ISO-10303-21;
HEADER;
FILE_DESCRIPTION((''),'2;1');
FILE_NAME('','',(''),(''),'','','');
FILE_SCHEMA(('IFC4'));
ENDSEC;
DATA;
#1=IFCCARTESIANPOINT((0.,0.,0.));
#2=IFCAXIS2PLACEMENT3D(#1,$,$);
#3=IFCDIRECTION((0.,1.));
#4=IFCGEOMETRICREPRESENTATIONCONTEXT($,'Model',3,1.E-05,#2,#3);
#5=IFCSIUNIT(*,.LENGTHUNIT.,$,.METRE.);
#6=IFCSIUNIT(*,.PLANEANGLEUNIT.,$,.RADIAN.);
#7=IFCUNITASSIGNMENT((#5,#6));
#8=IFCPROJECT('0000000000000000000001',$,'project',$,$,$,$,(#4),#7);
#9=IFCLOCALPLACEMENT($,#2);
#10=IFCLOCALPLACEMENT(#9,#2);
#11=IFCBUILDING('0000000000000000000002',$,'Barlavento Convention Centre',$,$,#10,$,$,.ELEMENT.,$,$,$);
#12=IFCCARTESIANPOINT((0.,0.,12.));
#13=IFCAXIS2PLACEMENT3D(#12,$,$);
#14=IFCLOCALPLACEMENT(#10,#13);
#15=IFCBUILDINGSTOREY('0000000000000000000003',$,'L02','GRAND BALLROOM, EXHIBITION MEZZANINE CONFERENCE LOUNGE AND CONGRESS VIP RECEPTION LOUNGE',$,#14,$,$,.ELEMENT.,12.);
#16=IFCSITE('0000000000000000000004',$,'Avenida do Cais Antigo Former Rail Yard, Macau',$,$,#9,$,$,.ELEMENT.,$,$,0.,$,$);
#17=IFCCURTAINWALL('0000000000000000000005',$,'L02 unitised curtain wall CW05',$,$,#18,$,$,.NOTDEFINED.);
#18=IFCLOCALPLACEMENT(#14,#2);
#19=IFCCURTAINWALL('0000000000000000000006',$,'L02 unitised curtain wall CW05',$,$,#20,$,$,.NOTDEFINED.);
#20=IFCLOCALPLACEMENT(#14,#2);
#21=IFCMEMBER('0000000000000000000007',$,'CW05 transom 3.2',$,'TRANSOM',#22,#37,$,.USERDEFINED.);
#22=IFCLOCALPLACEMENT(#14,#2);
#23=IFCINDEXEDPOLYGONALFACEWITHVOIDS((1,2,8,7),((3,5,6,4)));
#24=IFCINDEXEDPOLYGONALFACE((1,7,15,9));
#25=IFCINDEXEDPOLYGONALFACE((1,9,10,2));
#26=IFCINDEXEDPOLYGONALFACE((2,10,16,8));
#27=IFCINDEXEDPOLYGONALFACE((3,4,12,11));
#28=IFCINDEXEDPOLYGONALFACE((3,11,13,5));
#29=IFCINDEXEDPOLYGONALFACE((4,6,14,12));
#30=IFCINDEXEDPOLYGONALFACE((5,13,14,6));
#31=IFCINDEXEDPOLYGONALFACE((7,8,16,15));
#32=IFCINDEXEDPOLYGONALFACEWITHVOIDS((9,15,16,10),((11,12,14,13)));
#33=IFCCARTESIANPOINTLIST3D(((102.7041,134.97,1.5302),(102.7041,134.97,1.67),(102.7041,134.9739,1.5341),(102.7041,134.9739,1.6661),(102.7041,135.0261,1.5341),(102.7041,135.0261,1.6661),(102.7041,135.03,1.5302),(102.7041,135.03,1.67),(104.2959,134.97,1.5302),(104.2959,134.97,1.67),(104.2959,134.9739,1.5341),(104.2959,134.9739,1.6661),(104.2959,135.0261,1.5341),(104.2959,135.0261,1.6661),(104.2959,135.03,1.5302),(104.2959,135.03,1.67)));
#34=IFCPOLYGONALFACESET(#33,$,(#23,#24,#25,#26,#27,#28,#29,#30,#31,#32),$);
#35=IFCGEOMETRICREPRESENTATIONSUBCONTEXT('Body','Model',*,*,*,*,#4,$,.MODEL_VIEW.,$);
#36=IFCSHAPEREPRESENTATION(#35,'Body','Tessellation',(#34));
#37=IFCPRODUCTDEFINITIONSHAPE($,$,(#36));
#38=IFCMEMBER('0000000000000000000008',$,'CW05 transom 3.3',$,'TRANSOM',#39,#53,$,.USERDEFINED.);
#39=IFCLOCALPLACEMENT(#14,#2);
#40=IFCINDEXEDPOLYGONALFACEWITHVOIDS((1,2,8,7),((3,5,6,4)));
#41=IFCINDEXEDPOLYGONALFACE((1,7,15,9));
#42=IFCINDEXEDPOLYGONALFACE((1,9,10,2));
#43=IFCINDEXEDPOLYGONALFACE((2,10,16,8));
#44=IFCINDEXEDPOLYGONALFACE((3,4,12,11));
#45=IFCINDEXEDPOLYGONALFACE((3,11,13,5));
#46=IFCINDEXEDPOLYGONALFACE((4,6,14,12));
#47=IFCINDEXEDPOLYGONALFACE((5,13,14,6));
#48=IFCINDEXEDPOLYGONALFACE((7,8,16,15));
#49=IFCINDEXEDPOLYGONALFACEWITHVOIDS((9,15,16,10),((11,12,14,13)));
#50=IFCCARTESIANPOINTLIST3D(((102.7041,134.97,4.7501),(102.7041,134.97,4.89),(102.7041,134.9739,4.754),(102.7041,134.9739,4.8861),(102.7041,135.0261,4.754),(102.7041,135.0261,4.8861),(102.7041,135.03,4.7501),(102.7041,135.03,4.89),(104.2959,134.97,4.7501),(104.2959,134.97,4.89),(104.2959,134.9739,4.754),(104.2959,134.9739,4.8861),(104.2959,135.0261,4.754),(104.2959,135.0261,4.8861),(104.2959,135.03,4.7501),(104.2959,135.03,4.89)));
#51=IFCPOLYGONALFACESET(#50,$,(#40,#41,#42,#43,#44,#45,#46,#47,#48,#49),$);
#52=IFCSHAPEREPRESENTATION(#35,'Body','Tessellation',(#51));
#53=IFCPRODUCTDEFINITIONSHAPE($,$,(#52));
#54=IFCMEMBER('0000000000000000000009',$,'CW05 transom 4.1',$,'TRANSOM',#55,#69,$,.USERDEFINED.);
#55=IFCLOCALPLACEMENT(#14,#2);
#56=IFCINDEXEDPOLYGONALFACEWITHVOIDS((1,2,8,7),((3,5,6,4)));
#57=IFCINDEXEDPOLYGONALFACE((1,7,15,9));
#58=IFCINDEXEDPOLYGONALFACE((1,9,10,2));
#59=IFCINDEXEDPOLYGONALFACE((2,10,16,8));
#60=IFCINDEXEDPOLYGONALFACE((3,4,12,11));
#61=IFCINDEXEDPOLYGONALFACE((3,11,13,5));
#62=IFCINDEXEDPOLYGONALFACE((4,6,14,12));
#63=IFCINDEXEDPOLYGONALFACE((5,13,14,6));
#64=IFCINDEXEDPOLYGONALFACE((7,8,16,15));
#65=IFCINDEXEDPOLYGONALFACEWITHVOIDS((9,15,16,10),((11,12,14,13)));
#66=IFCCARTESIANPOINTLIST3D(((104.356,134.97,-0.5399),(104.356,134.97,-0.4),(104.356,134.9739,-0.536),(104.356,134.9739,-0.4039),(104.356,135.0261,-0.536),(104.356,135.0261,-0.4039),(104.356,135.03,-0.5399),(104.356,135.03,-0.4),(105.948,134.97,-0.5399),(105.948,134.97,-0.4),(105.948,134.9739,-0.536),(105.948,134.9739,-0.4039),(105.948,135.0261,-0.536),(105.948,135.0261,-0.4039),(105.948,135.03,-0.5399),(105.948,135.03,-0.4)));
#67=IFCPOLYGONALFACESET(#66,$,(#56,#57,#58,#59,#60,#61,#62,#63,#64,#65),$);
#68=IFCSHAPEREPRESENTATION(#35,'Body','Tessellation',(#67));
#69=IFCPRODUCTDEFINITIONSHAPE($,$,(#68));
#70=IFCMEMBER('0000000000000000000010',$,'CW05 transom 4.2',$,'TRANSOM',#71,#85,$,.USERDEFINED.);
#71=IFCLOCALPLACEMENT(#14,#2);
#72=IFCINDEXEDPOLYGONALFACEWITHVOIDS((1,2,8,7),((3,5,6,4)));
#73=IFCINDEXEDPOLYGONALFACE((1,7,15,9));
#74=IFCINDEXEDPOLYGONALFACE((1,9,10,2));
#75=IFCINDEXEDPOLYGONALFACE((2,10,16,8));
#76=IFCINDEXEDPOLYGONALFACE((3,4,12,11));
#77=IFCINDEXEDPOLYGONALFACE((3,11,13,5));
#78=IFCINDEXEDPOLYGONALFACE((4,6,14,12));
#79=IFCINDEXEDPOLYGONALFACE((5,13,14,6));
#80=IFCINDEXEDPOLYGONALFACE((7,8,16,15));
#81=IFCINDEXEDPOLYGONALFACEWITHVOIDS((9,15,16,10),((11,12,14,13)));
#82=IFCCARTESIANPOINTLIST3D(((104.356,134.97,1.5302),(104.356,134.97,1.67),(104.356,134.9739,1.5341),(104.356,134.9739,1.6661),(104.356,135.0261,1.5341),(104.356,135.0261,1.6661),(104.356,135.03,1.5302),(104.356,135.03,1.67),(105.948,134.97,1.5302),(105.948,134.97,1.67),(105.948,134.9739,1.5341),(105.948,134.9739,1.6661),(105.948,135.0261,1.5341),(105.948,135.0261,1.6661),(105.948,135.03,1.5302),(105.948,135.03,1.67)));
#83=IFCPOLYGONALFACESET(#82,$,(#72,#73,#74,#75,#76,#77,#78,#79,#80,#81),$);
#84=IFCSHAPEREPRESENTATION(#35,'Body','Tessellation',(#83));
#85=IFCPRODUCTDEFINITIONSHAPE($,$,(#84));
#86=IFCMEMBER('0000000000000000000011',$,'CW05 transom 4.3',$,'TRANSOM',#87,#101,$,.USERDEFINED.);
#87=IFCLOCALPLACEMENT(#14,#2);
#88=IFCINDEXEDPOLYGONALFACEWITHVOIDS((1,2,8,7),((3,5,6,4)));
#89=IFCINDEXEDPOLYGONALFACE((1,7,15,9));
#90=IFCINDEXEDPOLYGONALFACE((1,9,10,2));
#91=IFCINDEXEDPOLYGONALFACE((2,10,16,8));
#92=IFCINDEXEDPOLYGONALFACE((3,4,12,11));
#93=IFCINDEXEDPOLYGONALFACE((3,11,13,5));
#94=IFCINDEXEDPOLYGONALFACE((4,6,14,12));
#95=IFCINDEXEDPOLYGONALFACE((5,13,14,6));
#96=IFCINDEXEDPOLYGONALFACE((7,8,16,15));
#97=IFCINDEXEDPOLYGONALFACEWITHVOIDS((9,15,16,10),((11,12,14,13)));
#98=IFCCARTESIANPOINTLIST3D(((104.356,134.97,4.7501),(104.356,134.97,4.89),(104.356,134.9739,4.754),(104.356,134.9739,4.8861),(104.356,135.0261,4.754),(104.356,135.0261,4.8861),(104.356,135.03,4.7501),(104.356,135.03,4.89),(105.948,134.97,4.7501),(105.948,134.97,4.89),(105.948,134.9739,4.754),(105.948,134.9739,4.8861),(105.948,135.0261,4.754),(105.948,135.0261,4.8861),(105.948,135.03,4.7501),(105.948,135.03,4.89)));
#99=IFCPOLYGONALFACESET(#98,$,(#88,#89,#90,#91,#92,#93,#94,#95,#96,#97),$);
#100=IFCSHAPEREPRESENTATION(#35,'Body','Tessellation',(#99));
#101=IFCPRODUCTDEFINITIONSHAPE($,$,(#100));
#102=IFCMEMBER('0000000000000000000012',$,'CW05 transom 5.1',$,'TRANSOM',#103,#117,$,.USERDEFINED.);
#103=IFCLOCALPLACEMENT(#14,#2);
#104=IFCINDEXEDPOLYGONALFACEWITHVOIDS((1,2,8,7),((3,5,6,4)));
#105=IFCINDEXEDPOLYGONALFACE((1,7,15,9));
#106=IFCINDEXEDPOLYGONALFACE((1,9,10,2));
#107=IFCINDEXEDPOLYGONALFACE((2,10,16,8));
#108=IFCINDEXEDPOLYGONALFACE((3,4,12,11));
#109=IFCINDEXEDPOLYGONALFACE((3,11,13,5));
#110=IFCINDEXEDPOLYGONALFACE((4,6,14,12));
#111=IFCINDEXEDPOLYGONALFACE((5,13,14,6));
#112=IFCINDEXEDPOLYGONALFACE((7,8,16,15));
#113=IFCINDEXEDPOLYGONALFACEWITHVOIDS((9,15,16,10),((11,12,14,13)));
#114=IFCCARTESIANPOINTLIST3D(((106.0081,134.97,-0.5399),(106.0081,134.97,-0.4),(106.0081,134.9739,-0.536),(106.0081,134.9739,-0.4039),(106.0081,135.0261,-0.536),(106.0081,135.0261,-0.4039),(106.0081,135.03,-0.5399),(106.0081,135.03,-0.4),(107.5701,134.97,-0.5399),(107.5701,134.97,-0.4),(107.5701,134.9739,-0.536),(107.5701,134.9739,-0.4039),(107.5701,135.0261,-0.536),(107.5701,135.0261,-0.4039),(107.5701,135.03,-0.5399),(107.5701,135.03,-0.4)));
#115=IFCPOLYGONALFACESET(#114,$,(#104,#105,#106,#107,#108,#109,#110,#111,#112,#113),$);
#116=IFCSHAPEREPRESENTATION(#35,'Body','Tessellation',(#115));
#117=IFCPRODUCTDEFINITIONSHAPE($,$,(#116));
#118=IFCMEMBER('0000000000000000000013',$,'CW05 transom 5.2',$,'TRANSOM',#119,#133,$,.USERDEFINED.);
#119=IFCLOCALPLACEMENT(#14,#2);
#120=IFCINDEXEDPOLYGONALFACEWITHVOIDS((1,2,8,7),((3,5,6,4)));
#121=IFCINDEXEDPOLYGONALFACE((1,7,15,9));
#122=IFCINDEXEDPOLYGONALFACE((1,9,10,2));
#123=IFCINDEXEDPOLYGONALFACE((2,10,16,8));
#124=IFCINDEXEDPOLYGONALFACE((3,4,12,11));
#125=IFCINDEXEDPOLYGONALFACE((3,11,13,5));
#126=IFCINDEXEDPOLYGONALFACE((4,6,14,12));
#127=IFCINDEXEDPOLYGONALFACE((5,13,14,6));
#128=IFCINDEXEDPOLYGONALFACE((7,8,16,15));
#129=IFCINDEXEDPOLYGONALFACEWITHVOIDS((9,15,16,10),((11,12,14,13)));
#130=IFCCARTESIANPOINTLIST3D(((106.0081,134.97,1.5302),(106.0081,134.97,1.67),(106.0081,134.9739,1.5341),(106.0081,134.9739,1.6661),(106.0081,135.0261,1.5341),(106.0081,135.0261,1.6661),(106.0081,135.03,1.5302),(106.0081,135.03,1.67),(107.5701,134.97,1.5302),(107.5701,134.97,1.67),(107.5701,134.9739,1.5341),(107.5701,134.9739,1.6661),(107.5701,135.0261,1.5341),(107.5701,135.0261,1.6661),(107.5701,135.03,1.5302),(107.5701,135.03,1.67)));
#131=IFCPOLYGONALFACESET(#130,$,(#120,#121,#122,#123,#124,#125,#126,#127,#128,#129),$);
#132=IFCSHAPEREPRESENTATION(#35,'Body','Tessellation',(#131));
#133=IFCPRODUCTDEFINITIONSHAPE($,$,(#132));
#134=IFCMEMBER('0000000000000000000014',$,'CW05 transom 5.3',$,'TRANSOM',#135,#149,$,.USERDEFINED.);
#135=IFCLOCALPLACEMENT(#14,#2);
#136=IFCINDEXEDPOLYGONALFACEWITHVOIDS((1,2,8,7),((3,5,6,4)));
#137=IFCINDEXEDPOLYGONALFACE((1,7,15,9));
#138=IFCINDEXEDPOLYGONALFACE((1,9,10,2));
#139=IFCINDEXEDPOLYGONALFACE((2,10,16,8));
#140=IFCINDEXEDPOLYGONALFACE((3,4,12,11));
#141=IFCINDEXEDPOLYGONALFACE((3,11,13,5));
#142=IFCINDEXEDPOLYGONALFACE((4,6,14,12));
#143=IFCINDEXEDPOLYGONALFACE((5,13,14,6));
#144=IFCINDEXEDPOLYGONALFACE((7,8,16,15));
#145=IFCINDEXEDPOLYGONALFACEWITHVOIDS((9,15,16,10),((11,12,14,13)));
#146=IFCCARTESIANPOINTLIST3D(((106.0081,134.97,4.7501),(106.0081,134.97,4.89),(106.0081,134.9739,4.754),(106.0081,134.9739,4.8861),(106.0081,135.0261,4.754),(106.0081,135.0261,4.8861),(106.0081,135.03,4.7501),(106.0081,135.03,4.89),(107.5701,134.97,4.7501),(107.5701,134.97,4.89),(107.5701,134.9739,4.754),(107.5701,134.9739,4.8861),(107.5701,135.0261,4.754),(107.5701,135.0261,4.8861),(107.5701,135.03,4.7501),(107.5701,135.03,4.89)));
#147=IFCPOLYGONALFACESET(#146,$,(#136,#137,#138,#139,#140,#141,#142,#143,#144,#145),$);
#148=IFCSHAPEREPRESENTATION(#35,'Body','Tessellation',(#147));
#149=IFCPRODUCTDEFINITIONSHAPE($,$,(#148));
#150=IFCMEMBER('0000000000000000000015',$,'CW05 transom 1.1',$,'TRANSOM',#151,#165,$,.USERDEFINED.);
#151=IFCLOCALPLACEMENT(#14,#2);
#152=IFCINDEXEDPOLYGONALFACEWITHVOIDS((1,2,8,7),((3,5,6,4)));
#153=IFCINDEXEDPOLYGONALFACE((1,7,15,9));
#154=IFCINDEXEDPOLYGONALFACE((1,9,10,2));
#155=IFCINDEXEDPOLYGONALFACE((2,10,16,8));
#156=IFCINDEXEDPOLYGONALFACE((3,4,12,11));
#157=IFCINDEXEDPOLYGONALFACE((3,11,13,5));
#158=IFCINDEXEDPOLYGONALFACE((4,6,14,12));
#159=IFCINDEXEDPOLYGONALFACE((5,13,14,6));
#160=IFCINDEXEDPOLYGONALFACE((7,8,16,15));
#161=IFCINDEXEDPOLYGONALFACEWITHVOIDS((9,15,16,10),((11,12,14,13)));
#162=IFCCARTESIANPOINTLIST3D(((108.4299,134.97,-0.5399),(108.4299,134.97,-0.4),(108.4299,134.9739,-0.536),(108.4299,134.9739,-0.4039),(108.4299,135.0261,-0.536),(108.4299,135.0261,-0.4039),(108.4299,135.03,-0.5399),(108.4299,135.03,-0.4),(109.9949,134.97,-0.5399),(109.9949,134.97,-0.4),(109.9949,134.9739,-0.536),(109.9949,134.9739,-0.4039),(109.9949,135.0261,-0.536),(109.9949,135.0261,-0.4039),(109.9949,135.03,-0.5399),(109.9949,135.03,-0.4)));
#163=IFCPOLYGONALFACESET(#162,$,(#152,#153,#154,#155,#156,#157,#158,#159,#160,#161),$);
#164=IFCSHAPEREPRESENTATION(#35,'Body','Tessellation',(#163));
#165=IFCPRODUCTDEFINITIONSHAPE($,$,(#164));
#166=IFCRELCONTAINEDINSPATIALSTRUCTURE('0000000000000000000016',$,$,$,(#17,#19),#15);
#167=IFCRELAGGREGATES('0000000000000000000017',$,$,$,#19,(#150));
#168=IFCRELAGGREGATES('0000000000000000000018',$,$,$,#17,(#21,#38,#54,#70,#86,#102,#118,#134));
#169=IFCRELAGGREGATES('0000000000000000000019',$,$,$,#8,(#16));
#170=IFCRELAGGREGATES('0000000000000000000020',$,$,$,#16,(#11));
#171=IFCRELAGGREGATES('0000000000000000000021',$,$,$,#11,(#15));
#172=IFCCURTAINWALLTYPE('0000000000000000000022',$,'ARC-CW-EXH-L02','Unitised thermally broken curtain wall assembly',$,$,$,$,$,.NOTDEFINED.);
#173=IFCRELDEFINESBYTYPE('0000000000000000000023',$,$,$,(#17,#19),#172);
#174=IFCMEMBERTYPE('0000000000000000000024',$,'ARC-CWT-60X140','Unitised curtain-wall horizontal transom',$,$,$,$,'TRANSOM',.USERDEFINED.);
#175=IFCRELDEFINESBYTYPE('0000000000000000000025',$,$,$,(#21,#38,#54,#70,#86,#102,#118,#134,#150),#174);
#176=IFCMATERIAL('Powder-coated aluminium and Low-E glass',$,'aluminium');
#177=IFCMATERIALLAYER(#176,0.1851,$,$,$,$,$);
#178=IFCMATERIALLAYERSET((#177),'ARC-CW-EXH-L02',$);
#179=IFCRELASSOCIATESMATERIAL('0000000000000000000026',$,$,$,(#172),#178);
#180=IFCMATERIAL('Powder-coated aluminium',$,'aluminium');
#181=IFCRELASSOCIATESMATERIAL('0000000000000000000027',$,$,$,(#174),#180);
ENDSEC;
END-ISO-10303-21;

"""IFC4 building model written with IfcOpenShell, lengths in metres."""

from ifc_helpers import new_model, si_unit, direction, frame, origin, origin_2d, place, context, subcontext, project, spatial, hollow_rectangle, extrude, material, layer, layer_set, material_profile, profile_set, type_object, element, aggregate, save


model = new_model("IFC4")

# Units and contexts
model_context = context("Model", 3, precision=1e-05, world=origin(), true_north=direction((0.0, 1.0)))
body_context = subcontext(model_context, "Body", "Model", "MODEL_VIEW")
ifc_project = project(units=[si_unit("LENGTHUNIT", "METRE"), si_unit("PLANEANGLEUNIT", "RADIAN")], contexts=[model_context])

# Site, building, storey
site_placement = place(None, origin())
site = spatial("IfcSite", under=ifc_project, at=site_placement, Name="Avenida do Cais Antigo Former Rail Yard, Macau", CompositionType="ELEMENT", RefElevation=0.0)
building_placement = place(site_placement, origin())
building = spatial("IfcBuilding", under=site, at=building_placement, Name="Barlavento Convention Centre", CompositionType="ELEMENT")
storey_placement = place(building_placement, frame((0.0, 0.0, 12.0)))
storey = spatial("IfcBuildingStorey", under=building, at=storey_placement, Name="L02", Description="GRAND BALLROOM, EXHIBITION MEZZANINE CONFERENCE LOUNGE AND CONGRESS VIP RECEPTION LOUNGE", CompositionType="ELEMENT", Elevation=12.0)

# Curtain wall
ifc_material_1 = material(Name="Powder-coated aluminium and Low-E glass", Category="aluminium")
ifc_layer_1 = layer(ifc_material_1, 0.1851)
ifc_layer_set_1 = layer_set([ifc_layer_1], Name="ARC-CW-EXH-L02")
curtain_wall_type = type_object("IfcCurtainWallType", Name="ARC-CW-EXH-L02", Description="Unitised thermally broken curtain wall assembly", PredefinedType="NOTDEFINED", material=ifc_layer_set_1)
curtain_wall_1_placement = place(storey_placement, origin())
curtain_wall_1 = element("IfcCurtainWall", 1, at=curtain_wall_1_placement, inside=storey, type_object=curtain_wall_type, Name="L02 unitised curtain wall CW05", PredefinedType="NOTDEFINED")
ifc_material_2 = material(Name="Powder-coated aluminium", Category="aluminium")

# Curtain wall
curtain_wall_2_placement = place(storey_placement, origin())
curtain_wall_2 = element("IfcCurtainWall", 2, at=curtain_wall_2_placement, inside=storey, type_object=curtain_wall_type, Name="L02 unitised curtain wall CW05", PredefinedType="NOTDEFINED")

# Members
ifc_material_profile_1 = material_profile(ifc_material_2, hollow_rectangle(XDim=0.0601, YDim=0.1399, WallThickness=0.0039, at=origin_2d()), Name="AL-TRAN 60x140x4")
ifc_profile_set_1 = profile_set([ifc_material_profile_1], Name="Powder-coated aluminium")
member_type_1 = type_object("IfcMemberType", Name="ARC-CWT-60X140", Description="Unitised curtain-wall horizontal transom", ElementType="TRANSOM", PredefinedType="USERDEFINED", material=ifc_profile_set_1)
member_1_placement = place(storey_placement, frame((102.7041, 135.0, 1.6001), z_axis=(1.0, 0.0, 0.0), x_axis=(0.0, 1.0, 0.0)))
member_1 = element("IfcMember", 3, at=member_1_placement, type_object=member_type_1, Name="CW05 transom 3.2", ObjectType="TRANSOM", PredefinedType="USERDEFINED", context=body_context, shape_type="SweptSolid", body=[
    extrude(hollow_rectangle(XDim=0.0601, YDim=0.1399, WallThickness=0.0039, at=origin_2d()), origin(), (0.0, 0.0, 1.0), 1.5918),
])
member_2_placement = place(storey_placement, frame((102.7041, 135.0, 4.8201), z_axis=(1.0, 0.0, 0.0), x_axis=(0.0, 1.0, 0.0)))
member_2 = element("IfcMember", 4, at=member_2_placement, type_object=member_type_1, Name="CW05 transom 3.3", ObjectType="TRANSOM", PredefinedType="USERDEFINED", context=body_context, shape_type="SweptSolid", body=[
    extrude(hollow_rectangle(XDim=0.0601, YDim=0.1399, WallThickness=0.0039, at=origin_2d()), origin(), (0.0, 0.0, 1.0), 1.5918),
])
member_3_placement = place(storey_placement, frame((104.356, 135.0, -0.47), z_axis=(1.0, 0.0, 0.0), x_axis=(0.0, 1.0, 0.0)))
member_3 = element("IfcMember", 5, at=member_3_placement, type_object=member_type_1, Name="CW05 transom 4.1", ObjectType="TRANSOM", PredefinedType="USERDEFINED", context=body_context, shape_type="SweptSolid", body=[
    extrude(hollow_rectangle(XDim=0.0601, YDim=0.1399, WallThickness=0.0039, at=origin_2d()), origin(), (0.0, 0.0, 1.0), 1.592),
])
member_4_placement = place(storey_placement, frame((104.356, 135.0, 1.6001), z_axis=(1.0, 0.0, 0.0), x_axis=(0.0, 1.0, 0.0)))
member_4 = element("IfcMember", 6, at=member_4_placement, type_object=member_type_1, Name="CW05 transom 4.2", ObjectType="TRANSOM", PredefinedType="USERDEFINED", context=body_context, shape_type="SweptSolid", body=[
    extrude(hollow_rectangle(XDim=0.0601, YDim=0.1399, WallThickness=0.0039, at=origin_2d()), origin(), (0.0, 0.0, 1.0), 1.592),
])
member_5_placement = place(storey_placement, frame((104.356, 135.0, 4.8201), z_axis=(1.0, 0.0, 0.0), x_axis=(0.0, 1.0, 0.0)))
member_5 = element("IfcMember", 7, at=member_5_placement, type_object=member_type_1, Name="CW05 transom 4.3", ObjectType="TRANSOM", PredefinedType="USERDEFINED", context=body_context, shape_type="SweptSolid", body=[
    extrude(hollow_rectangle(XDim=0.0601, YDim=0.1399, WallThickness=0.0039, at=origin_2d()), origin(), (0.0, 0.0, 1.0), 1.592),
])
member_6_placement = place(storey_placement, frame((106.0081, 135.0, -0.47), z_axis=(1.0, 0.0, 0.0), x_axis=(0.0, 1.0, 0.0)))
member_6 = element("IfcMember", 8, at=member_6_placement, type_object=member_type_1, Name="CW05 transom 5.1", ObjectType="TRANSOM", PredefinedType="USERDEFINED", context=body_context, shape_type="SweptSolid", body=[
    extrude(hollow_rectangle(XDim=0.0601, YDim=0.1399, WallThickness=0.0039, at=origin_2d()), origin(), (0.0, 0.0, 1.0), 1.562),
])
member_7_placement = place(storey_placement, frame((106.0081, 135.0, 1.6001), z_axis=(1.0, 0.0, 0.0), x_axis=(0.0, 1.0, 0.0)))
member_7 = element("IfcMember", 9, at=member_7_placement, type_object=member_type_1, Name="CW05 transom 5.2", ObjectType="TRANSOM", PredefinedType="USERDEFINED", context=body_context, shape_type="SweptSolid", body=[
    extrude(hollow_rectangle(XDim=0.0601, YDim=0.1399, WallThickness=0.0039, at=origin_2d()), origin(), (0.0, 0.0, 1.0), 1.562),
])
member_8_placement = place(storey_placement, frame((106.0081, 135.0, 4.8201), z_axis=(1.0, 0.0, 0.0), x_axis=(0.0, 1.0, 0.0)))
member_8 = element("IfcMember", 10, at=member_8_placement, type_object=member_type_1, Name="CW05 transom 5.3", ObjectType="TRANSOM", PredefinedType="USERDEFINED", context=body_context, shape_type="SweptSolid", body=[
    extrude(hollow_rectangle(XDim=0.0601, YDim=0.1399, WallThickness=0.0039, at=origin_2d()), origin(), (0.0, 0.0, 1.0), 1.562),
])
member_9_placement = place(storey_placement, frame((108.4299, 135.0, -0.47), z_axis=(1.0, 0.0, 0.0), x_axis=(0.0, 1.0, 0.0)))
member_9 = element("IfcMember", 11, at=member_9_placement, type_object=member_type_1, Name="CW05 transom 1.1", ObjectType="TRANSOM", PredefinedType="USERDEFINED", context=body_context, shape_type="SweptSolid", body=[
    extrude(hollow_rectangle(XDim=0.0601, YDim=0.1399, WallThickness=0.0039, at=origin_2d()), origin(), (0.0, 0.0, 1.0), 1.5649),
])
aggregate(curtain_wall_2, [member_9])

aggregate(curtain_wall_1, [member_1, member_2, member_3, member_4, member_5, member_6, member_7, member_8])

save(model, "model.ifc")
